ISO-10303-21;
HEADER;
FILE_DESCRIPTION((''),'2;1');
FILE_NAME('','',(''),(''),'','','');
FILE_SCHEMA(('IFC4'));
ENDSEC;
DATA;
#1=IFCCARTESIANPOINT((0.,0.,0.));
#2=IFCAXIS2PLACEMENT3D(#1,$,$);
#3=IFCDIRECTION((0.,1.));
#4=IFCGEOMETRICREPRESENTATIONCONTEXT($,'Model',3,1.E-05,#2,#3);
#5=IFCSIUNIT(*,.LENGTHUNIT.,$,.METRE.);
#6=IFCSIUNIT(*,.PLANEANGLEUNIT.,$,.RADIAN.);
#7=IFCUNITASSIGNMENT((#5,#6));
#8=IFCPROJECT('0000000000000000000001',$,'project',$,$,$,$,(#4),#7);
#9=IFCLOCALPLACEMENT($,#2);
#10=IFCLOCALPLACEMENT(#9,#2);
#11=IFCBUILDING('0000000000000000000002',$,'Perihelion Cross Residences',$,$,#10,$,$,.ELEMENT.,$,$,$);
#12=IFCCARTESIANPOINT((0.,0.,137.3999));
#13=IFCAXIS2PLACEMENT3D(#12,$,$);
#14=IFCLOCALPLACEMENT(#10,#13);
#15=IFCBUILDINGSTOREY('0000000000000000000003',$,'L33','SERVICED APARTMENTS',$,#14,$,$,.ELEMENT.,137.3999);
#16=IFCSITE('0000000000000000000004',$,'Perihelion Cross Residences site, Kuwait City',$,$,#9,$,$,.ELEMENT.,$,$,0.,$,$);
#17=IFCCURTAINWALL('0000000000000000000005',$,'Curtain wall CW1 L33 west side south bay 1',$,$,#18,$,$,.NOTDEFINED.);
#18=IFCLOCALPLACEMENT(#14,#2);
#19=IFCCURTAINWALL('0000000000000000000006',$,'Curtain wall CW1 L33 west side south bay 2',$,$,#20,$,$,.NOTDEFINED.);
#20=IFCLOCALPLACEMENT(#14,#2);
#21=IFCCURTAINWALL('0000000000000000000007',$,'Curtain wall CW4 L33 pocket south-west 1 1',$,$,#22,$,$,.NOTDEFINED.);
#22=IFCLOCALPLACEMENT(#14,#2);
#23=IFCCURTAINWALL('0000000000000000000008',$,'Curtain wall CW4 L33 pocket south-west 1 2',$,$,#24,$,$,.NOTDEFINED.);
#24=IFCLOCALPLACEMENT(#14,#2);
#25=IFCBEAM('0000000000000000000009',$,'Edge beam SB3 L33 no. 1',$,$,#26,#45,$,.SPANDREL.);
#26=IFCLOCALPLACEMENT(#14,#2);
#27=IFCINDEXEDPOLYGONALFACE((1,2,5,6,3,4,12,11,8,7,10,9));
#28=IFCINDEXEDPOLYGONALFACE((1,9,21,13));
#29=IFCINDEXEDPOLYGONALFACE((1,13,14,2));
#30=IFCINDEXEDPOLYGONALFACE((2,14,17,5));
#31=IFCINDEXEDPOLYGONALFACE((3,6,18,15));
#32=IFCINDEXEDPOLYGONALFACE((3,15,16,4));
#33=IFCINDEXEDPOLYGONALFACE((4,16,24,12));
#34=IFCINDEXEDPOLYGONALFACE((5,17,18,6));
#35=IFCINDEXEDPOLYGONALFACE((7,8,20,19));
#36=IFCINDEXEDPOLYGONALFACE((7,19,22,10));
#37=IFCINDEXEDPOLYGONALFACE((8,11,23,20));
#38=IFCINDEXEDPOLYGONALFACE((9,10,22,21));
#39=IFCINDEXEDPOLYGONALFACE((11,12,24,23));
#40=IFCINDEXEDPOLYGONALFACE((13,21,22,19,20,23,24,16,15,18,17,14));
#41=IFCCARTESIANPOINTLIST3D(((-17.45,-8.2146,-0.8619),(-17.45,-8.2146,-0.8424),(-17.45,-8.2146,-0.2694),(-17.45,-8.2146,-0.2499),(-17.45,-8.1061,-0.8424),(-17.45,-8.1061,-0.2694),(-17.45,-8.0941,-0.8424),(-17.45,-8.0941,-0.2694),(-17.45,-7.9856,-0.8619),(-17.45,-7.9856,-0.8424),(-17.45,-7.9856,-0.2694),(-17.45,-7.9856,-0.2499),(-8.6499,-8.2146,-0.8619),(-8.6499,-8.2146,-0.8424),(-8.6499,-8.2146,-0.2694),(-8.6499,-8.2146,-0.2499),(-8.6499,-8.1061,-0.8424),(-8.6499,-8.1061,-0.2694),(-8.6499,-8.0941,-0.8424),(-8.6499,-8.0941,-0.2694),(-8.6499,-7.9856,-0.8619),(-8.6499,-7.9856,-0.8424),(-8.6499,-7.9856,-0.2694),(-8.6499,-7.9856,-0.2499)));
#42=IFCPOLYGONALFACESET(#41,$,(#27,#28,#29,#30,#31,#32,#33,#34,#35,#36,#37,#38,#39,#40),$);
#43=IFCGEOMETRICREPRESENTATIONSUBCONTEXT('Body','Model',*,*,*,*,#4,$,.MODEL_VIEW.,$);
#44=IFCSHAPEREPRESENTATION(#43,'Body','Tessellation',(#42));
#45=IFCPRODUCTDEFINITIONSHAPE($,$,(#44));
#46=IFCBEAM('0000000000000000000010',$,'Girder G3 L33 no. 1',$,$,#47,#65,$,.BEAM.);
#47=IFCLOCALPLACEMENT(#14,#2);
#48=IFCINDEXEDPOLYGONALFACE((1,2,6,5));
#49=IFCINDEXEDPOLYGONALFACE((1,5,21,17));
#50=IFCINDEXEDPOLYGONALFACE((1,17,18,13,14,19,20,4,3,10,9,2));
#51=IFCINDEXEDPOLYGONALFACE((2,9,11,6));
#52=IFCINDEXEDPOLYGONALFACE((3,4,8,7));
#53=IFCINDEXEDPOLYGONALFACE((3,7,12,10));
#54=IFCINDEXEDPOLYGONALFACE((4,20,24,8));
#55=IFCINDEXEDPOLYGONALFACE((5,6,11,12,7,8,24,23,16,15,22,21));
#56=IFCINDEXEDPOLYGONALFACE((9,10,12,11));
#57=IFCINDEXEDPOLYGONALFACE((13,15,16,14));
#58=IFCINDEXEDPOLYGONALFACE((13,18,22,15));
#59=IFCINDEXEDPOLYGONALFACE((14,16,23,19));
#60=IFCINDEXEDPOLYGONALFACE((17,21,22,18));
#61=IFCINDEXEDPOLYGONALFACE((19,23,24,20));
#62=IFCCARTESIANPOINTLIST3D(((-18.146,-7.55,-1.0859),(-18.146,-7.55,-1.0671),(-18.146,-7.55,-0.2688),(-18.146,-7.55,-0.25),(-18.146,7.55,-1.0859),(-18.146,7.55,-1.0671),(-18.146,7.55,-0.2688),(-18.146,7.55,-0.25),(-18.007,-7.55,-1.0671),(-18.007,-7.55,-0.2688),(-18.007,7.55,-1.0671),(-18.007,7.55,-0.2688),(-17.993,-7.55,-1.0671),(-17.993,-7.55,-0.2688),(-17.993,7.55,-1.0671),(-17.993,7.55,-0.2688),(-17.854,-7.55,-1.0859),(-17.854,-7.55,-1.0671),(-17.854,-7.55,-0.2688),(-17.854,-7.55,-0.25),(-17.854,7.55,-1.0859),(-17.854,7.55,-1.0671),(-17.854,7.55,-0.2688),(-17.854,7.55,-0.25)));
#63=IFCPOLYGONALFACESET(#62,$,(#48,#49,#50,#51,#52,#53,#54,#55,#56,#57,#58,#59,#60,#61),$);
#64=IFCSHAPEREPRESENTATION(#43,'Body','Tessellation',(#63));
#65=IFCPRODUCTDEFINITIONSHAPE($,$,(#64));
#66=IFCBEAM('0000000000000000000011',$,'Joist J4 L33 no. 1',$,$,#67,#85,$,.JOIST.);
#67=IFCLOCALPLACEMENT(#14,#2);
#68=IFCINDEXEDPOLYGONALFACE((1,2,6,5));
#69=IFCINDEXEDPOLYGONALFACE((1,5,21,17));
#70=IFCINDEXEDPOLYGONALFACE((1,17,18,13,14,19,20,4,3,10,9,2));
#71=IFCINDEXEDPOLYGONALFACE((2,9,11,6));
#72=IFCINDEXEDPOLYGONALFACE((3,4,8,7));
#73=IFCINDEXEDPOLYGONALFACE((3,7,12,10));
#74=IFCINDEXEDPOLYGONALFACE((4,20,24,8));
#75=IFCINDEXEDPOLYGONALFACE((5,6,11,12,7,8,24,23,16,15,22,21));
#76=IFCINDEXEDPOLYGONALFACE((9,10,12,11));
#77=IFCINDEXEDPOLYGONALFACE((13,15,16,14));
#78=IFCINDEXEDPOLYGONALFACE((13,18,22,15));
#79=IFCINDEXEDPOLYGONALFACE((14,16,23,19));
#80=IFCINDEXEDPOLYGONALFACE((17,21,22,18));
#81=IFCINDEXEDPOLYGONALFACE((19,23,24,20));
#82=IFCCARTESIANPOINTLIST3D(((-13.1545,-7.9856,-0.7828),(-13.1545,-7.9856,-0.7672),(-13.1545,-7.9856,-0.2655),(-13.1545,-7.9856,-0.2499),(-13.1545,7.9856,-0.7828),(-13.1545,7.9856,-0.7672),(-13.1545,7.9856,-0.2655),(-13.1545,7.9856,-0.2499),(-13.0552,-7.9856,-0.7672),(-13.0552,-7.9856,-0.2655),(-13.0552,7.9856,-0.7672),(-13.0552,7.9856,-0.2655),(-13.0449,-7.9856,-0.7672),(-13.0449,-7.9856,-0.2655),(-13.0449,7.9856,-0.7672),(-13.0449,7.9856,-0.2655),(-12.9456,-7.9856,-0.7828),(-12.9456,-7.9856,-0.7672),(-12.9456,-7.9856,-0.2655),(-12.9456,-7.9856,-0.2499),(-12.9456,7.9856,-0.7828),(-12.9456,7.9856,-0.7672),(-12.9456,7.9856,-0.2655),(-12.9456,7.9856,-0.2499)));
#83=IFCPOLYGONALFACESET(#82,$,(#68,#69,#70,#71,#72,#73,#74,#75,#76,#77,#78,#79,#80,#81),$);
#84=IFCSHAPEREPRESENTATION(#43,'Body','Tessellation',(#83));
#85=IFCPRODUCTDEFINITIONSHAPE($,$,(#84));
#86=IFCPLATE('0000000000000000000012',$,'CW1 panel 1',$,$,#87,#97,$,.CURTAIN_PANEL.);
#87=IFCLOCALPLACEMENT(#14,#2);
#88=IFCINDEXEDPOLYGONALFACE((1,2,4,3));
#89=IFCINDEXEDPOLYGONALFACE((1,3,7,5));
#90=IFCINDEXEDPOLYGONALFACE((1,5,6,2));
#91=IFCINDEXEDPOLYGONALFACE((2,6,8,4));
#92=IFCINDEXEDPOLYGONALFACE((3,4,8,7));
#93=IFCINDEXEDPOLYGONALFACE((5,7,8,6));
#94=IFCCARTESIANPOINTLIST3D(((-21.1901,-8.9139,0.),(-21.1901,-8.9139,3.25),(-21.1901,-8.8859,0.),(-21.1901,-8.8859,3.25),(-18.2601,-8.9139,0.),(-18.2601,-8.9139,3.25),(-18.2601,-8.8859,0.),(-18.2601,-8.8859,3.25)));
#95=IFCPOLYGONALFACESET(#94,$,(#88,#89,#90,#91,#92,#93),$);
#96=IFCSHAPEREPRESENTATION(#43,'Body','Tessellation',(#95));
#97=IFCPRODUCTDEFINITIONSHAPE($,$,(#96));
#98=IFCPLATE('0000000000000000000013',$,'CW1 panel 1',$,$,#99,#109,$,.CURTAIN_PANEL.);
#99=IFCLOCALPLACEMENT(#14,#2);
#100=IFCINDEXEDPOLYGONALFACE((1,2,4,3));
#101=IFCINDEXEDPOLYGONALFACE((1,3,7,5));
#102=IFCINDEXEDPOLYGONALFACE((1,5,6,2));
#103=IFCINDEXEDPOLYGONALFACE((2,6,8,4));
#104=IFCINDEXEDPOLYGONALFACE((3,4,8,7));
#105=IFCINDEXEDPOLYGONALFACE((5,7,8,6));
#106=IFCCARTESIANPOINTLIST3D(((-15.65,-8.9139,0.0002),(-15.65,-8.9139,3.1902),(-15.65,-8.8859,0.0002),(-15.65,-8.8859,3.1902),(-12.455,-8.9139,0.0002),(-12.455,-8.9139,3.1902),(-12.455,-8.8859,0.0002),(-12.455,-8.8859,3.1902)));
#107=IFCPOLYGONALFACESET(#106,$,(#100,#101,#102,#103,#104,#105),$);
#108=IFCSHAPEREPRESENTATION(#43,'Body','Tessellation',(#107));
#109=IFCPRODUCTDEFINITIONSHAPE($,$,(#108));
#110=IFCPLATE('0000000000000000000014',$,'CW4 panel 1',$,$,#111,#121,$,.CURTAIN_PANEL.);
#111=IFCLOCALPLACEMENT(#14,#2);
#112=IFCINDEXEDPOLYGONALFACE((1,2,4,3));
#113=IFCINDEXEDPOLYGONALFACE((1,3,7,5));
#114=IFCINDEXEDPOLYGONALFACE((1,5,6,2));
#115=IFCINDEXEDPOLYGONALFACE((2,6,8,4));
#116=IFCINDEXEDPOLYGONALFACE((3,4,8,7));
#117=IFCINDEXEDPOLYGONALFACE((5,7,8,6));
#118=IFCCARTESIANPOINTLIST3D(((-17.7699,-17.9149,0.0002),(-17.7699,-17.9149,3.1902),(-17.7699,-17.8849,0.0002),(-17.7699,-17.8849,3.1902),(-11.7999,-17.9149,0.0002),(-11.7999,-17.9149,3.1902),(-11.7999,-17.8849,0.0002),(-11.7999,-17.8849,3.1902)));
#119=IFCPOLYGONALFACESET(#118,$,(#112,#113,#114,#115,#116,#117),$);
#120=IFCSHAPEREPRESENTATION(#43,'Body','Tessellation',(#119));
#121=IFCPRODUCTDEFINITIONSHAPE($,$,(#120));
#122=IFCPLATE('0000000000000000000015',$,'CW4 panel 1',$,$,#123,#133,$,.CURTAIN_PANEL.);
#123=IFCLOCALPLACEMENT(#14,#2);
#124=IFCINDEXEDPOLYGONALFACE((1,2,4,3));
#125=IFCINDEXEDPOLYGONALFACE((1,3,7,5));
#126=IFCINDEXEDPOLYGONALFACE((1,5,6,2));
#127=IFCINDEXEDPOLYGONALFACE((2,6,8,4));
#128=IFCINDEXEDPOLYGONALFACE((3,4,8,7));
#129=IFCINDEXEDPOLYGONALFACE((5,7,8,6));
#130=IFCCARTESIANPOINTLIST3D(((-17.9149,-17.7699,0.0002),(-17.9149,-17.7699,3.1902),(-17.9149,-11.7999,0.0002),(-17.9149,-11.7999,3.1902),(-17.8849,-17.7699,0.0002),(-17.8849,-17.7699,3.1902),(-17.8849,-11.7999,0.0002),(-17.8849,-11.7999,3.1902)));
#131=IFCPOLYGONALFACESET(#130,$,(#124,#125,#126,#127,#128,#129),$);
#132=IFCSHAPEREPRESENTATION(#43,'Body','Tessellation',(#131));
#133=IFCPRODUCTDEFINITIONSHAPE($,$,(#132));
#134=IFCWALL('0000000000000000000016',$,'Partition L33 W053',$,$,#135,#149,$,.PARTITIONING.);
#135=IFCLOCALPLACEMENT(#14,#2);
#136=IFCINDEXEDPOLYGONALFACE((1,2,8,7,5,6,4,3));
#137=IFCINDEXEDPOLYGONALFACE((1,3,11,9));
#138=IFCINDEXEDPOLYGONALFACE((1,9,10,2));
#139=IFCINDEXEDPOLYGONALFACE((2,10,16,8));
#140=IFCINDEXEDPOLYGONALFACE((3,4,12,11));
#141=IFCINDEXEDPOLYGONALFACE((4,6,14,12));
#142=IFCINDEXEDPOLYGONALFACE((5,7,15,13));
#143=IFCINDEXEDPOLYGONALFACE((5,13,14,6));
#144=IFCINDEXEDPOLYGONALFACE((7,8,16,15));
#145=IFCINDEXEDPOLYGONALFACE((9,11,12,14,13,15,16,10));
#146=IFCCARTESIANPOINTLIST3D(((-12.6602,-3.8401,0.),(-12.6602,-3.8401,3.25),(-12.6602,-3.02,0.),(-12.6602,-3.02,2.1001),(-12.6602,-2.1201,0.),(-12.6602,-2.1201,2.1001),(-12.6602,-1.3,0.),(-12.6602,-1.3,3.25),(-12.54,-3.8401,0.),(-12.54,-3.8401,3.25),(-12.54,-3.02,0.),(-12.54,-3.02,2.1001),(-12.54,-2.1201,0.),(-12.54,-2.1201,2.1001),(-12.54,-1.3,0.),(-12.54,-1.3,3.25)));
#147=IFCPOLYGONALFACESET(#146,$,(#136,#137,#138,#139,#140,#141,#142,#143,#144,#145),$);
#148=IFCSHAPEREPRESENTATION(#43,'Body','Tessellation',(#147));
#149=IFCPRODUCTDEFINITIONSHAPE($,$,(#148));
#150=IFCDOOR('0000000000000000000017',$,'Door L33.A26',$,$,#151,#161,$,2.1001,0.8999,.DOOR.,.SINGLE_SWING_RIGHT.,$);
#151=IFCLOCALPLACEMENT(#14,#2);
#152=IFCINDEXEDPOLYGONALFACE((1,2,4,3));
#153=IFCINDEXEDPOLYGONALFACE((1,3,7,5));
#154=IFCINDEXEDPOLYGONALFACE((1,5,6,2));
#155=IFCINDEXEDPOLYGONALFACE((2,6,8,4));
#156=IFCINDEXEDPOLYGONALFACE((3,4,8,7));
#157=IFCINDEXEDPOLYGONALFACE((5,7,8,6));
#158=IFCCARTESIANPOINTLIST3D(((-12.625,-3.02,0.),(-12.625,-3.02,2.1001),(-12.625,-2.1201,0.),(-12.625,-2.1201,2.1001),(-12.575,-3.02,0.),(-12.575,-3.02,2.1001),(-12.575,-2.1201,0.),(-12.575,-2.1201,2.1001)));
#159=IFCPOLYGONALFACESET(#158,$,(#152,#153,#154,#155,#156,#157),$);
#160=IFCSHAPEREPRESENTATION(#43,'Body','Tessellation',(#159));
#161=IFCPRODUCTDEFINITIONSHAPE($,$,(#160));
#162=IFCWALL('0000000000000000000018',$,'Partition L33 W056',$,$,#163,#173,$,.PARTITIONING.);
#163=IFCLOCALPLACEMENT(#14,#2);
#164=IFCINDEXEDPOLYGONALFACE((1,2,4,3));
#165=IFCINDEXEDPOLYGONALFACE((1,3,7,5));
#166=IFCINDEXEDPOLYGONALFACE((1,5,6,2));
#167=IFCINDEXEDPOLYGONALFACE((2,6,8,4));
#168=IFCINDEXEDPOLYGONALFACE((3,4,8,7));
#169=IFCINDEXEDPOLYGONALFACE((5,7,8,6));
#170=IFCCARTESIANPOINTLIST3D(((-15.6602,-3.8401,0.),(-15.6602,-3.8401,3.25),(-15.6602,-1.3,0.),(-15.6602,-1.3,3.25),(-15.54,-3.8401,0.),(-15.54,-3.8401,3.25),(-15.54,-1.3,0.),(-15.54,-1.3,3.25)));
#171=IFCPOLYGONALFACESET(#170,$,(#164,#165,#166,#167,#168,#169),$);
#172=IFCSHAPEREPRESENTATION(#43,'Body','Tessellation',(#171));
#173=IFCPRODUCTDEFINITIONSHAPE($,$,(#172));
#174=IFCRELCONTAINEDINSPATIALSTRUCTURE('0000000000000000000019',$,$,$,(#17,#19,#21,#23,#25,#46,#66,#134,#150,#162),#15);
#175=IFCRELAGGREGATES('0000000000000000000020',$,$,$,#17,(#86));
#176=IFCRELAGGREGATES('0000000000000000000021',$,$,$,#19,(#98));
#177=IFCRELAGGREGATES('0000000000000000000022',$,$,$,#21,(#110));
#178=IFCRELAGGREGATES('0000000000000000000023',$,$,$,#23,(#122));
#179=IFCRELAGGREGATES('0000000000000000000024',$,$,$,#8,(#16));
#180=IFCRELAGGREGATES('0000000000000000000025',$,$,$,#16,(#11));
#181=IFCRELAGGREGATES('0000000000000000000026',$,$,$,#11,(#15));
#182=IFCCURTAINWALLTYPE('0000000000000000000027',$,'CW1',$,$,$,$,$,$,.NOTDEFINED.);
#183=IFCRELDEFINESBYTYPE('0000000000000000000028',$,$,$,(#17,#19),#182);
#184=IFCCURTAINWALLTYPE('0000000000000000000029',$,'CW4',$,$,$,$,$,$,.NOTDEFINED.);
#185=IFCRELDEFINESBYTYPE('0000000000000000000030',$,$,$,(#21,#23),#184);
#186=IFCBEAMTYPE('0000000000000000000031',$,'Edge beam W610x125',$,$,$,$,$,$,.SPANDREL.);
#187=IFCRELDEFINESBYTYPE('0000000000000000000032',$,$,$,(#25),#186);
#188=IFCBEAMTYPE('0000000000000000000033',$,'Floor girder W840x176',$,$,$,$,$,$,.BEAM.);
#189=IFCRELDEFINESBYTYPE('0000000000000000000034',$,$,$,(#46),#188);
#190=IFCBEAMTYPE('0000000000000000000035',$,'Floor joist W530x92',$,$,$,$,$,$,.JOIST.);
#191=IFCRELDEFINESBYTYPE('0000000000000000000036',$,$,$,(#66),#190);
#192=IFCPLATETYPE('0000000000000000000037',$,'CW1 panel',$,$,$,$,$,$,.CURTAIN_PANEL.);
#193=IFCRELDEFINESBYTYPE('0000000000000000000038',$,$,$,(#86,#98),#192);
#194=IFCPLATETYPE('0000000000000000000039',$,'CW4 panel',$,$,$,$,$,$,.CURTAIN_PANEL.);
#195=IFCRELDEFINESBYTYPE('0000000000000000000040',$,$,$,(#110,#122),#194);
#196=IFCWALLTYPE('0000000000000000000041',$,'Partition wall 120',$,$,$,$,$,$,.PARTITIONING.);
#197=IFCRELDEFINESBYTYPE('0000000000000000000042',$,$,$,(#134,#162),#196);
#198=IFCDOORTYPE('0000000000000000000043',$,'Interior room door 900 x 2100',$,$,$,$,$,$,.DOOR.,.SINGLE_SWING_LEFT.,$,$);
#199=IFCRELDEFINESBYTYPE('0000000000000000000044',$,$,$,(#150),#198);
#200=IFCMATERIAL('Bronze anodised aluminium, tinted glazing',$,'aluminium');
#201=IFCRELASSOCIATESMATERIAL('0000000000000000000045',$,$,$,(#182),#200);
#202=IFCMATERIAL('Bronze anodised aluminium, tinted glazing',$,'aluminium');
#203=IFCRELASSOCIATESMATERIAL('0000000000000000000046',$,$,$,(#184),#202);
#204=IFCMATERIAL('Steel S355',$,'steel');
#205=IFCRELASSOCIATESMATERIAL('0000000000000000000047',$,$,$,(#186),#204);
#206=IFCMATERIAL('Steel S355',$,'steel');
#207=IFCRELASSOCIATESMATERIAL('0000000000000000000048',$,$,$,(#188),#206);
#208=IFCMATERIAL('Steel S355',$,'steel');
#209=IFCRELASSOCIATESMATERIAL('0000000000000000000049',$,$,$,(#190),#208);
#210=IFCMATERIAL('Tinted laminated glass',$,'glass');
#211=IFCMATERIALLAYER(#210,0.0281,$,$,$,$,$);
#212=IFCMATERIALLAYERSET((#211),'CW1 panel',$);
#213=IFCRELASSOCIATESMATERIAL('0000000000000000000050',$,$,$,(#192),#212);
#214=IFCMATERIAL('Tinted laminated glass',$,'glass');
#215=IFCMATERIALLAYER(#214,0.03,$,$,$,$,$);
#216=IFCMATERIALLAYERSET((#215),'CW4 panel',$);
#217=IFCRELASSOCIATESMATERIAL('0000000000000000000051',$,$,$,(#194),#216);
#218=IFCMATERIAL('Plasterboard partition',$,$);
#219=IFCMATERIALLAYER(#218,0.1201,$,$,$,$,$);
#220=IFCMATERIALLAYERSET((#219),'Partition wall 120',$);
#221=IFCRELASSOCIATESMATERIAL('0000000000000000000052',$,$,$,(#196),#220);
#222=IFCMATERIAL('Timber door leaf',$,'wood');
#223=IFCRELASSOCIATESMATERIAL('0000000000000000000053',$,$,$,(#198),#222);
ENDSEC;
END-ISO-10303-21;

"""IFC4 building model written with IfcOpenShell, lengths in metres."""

from ifc_helpers import new_model, si_unit, direction, frame, frame_2d, origin, origin_2d, place, context, subcontext, project, spatial, rectangle, i_section, extrude, material, layer, layer_set, material_profile, profile_set, type_object, element, fill, aggregate, save


model = new_model("IFC4")

# Units and contexts
model_context = context("Model", 3, precision=1e-05, world=origin(), true_north=direction((0.0, 1.0)))
body_context = subcontext(model_context, "Body", "Model", "MODEL_VIEW")
ifc_project = project(units=[si_unit("LENGTHUNIT", "METRE"), si_unit("PLANEANGLEUNIT", "RADIAN")], contexts=[model_context])

# Site, building, storey
site_placement = place(None, origin())
site = spatial("IfcSite", under=ifc_project, at=site_placement, Name="Perihelion Cross Residences site, Kuwait City", CompositionType="ELEMENT", RefElevation=0.0)
building_placement = place(site_placement, origin())
building = spatial("IfcBuilding", under=site, at=building_placement, Name="Perihelion Cross Residences", CompositionType="ELEMENT")
storey_placement = place(building_placement, frame((0.0, 0.0, 137.3999)))
storey = spatial("IfcBuildingStorey", under=building, at=storey_placement, Name="L33", Description="SERVICED APARTMENTS", CompositionType="ELEMENT", Elevation=137.3999)

# Curtain wall
ifc_material_1 = material(Name="Bronze anodised aluminium, tinted glazing", Category="aluminium")
curtain_wall_type_1 = type_object("IfcCurtainWallType", Name="CW1", PredefinedType="NOTDEFINED", material=ifc_material_1)
curtain_wall_1_placement = place(storey_placement, origin())
curtain_wall_1 = element("IfcCurtainWall", 1, at=curtain_wall_1_placement, inside=storey, type_object=curtain_wall_type_1, Name="Curtain wall CW1 L33 west side south bay 1", PredefinedType="NOTDEFINED")

# Curtain walls
curtain_wall_2_placement = place(storey_placement, origin())
curtain_wall_2 = element("IfcCurtainWall", 2, at=curtain_wall_2_placement, inside=storey, type_object=curtain_wall_type_1, Name="Curtain wall CW1 L33 west side south bay 2", PredefinedType="NOTDEFINED")
ifc_material_2 = material(Name="Bronze anodised aluminium, tinted glazing", Category="aluminium")
curtain_wall_type_2 = type_object("IfcCurtainWallType", Name="CW4", PredefinedType="NOTDEFINED", material=ifc_material_2)
curtain_wall_3_placement = place(storey_placement, origin())
curtain_wall_3 = element("IfcCurtainWall", 3, at=curtain_wall_3_placement, inside=storey, type_object=curtain_wall_type_2, Name="Curtain wall CW4 L33 pocket south-west 1 1", PredefinedType="NOTDEFINED")
curtain_wall_4_placement = place(storey_placement, origin())
curtain_wall_4 = element("IfcCurtainWall", 4, at=curtain_wall_4_placement, inside=storey, type_object=curtain_wall_type_2, Name="Curtain wall CW4 L33 pocket south-west 1 2", PredefinedType="NOTDEFINED")

# Beams
ifc_material_3 = material(Name="Steel S355", Category="steel")
ifc_material_profile_1 = material_profile(ifc_material_3, i_section(OverallWidth=0.229, OverallDepth=0.6121, WebThickness=0.012, FlangeThickness=0.0195, at=origin_2d()), Name="W610x125")
ifc_profile_set_1 = profile_set([ifc_material_profile_1], Name="Steel S355")
beam_type_1 = type_object("IfcBeamType", Name="Edge beam W610x125", PredefinedType="SPANDREL", material=ifc_profile_set_1)
beam_1_placement = place(storey_placement, frame((-17.45, -8.1001, -0.5559), z_axis=(1.0, 0.0, 0.0), x_axis=(0.0, 1.0, 0.0)))
element("IfcBeam", 5, at=beam_1_placement, inside=storey, type_object=beam_type_1, Name="Edge beam SB3 L33 no. 1", PredefinedType="SPANDREL", context=body_context, shape_type="SweptSolid", body=[
    extrude(i_section(OverallWidth=0.229, OverallDepth=0.6121, WebThickness=0.012, FlangeThickness=0.0195, at=origin_2d()), origin(), (0.0, 0.0, 1.0), 8.8),
])
ifc_material_4 = material(Name="Steel S355", Category="steel")
ifc_material_profile_2 = material_profile(ifc_material_4, i_section(OverallWidth=0.292, OverallDepth=0.8359, WebThickness=0.0139, FlangeThickness=0.0188, at=origin_2d()), Name="W840x176")
ifc_profile_set_2 = profile_set([ifc_material_profile_2], Name="Steel S355")
beam_type_2 = type_object("IfcBeamType", Name="Floor girder W840x176", PredefinedType="BEAM", material=ifc_profile_set_2)
beam_2_placement = place(storey_placement, frame((-18.0, -7.55, -0.668), z_axis=(0.0, 1.0, 0.0), x_axis=(-1.0, 0.0, 0.0)))
element("IfcBeam", 6, at=beam_2_placement, inside=storey, type_object=beam_type_2, Name="Girder G3 L33 no. 1", PredefinedType="BEAM", context=body_context, shape_type="SweptSolid", body=[
    extrude(i_section(OverallWidth=0.292, OverallDepth=0.8359, WebThickness=0.0139, FlangeThickness=0.0188, at=origin_2d()), origin(), (0.0, 0.0, 1.0), 15.1001),
])
ifc_material_5 = material(Name="Steel S355", Category="steel")
ifc_material_profile_3 = material_profile(ifc_material_5, i_section(OverallWidth=0.209, OverallDepth=0.533, WebThickness=0.0103, FlangeThickness=0.0156, at=origin_2d()), Name="W530x92")
ifc_profile_set_3 = profile_set([ifc_material_profile_3], Name="Steel S355")
beam_type_3 = type_object("IfcBeamType", Name="Floor joist W530x92", PredefinedType="JOIST", material=ifc_profile_set_3)
beam_3_placement = place(storey_placement, frame((-13.05, -7.9856, -0.5164), z_axis=(0.0, 1.0, 0.0), x_axis=(-1.0, 0.0, 0.0)))
element("IfcBeam", 7, at=beam_3_placement, inside=storey, type_object=beam_type_3, Name="Joist J4 L33 no. 1", PredefinedType="JOIST", context=body_context, shape_type="SweptSolid", body=[
    extrude(i_section(OverallWidth=0.209, OverallDepth=0.533, WebThickness=0.0103, FlangeThickness=0.0156, at=origin_2d()), origin(), (0.0, 0.0, 1.0), 15.9712),
])

# Plates
ifc_material_6 = material(Name="Tinted laminated glass", Category="glass")
ifc_layer_1 = layer(ifc_material_6, 0.0281)
ifc_layer_set_1 = layer_set([ifc_layer_1], Name="CW1 panel")
plate_type_1 = type_object("IfcPlateType", Name="CW1 panel", PredefinedType="CURTAIN_PANEL", material=ifc_layer_set_1)
plate_1_placement = place(storey_placement, frame((-19.7251, -8.8999, 0.0), z_axis=(0.0, 0.0, 1.0), x_axis=(1.0, 0.0, 0.0)))
plate_1 = element("IfcPlate", 8, at=plate_1_placement, type_object=plate_type_1, Name="CW1 panel 1", PredefinedType="CURTAIN_PANEL", context=body_context, shape_type="SweptSolid", body=[
    extrude(rectangle(XDim=2.9299, YDim=0.0281, at=origin_2d()), origin(), (0.0, 0.0, 1.0), 3.25),
])
aggregate(curtain_wall_1, [plate_1])
plate_2_placement = place(storey_placement, frame((-14.0525, -8.8999, 0.0002), z_axis=(0.0, 0.0, 1.0), x_axis=(1.0, 0.0, 0.0)))
plate_2 = element("IfcPlate", 9, at=plate_2_placement, type_object=plate_type_1, Name="CW1 panel 1", PredefinedType="CURTAIN_PANEL", context=body_context, shape_type="SweptSolid", body=[
    extrude(rectangle(XDim=3.1951, YDim=0.0281, at=origin_2d()), origin(), (0.0, 0.0, 1.0), 3.1899),
])
aggregate(curtain_wall_2, [plate_2])
ifc_material_7 = material(Name="Tinted laminated glass", Category="glass")
ifc_layer_2 = layer(ifc_material_7, 0.03)
ifc_layer_set_2 = layer_set([ifc_layer_2], Name="CW4 panel")
plate_type_2 = type_object("IfcPlateType", Name="CW4 panel", PredefinedType="CURTAIN_PANEL", material=ifc_layer_set_2)
plate_3_placement = place(storey_placement, frame((-14.7849, -17.8999, 0.0002), z_axis=(0.0, 0.0, 1.0), x_axis=(-1.0, 0.0, 0.0)))
plate_3 = element("IfcPlate", 10, at=plate_3_placement, type_object=plate_type_2, Name="CW4 panel 1", PredefinedType="CURTAIN_PANEL", context=body_context, shape_type="SweptSolid", body=[
    extrude(rectangle(XDim=5.97, YDim=0.03, at=origin_2d()), origin(), (0.0, 0.0, 1.0), 3.1899),
])
aggregate(curtain_wall_3, [plate_3])
plate_4_placement = place(storey_placement, frame((-17.8999, -14.7849, 0.0002), z_axis=(0.0, 0.0, 1.0), x_axis=(0.0, 1.0, 0.0)))
plate_4 = element("IfcPlate", 11, at=plate_4_placement, type_object=plate_type_2, Name="CW4 panel 1", PredefinedType="CURTAIN_PANEL", context=body_context, shape_type="SweptSolid", body=[
    extrude(rectangle(XDim=5.97, YDim=0.03, at=origin_2d()), origin(), (0.0, 0.0, 1.0), 3.1899),
])
aggregate(curtain_wall_4, [plate_4])

# Wall, opening, door
ifc_material_8 = material(Name="Plasterboard partition")
ifc_layer_3 = layer(ifc_material_8, 0.1201)
ifc_layer_set_3 = layer_set([ifc_layer_3], Name="Partition wall 120")
wall_type_1 = type_object("IfcWallType", Name="Partition wall 120", PredefinedType="PARTITIONING", material=ifc_layer_set_3)
wall_1_placement = place(storey_placement, frame((-12.6001, -3.8401, 0.0), z_axis=(0.0, 0.0, 1.0), x_axis=(0.0, 1.0, 0.0)))
wall_1 = element("IfcWall", 12, at=wall_1_placement, inside=storey, type_object=wall_type_1, Name="Partition L33 W053", PredefinedType="PARTITIONING", context=body_context, shape_type="SweptSolid", body=[
    extrude(rectangle(XDim=2.54, YDim=0.1201, at=frame_2d((1.27, 0.0))), origin(), (0.0, 0.0, 1.0), 3.25),
])
opening_1_placement = place(wall_1_placement, frame((0.8201, 0.0, 0.0)))
opening_1 = element("IfcOpeningElement", 13, at=opening_1_placement, cuts=wall_1, PredefinedType="OPENING", context=body_context, shape_type="SweptSolid", body=[
    extrude(rectangle(XDim=0.8999, YDim=2.1001, at=frame_2d((0.45, 1.05))), frame((0.0, 0.0701, 0.0), z_axis=(0.0, -1.0, 0.0), x_axis=(1.0, 0.0, 0.0)), (0.0, 0.0, 1.0), 0.1401),
])
ifc_material_9 = material(Name="Timber door leaf", Category="wood")
door_type_1 = type_object("IfcDoorType", Name="Interior room door 900 x 2100", OperationType="SINGLE_SWING_LEFT", PredefinedType="DOOR", material=ifc_material_9)
door_1_placement = place(opening_1_placement, origin())
door_1 = element("IfcDoor", 14, at=door_1_placement, inside=storey, type_object=door_type_1, Name="Door L33.A26", OperationType="SINGLE_SWING_RIGHT", OverallHeight=2.1001, OverallWidth=0.8999, PredefinedType="DOOR", context=body_context, shape_type="SweptSolid", body=[
    extrude(rectangle(XDim=0.8999, YDim=2.1001, at=frame_2d((0.45, 1.05))), frame((0.0, 0.0249, 0.0), z_axis=(0.0, -1.0, 0.0), x_axis=(1.0, 0.0, 0.0)), (0.0, 0.0, 1.0), 0.05),
])
fill(opening_1, door_1)

# Wall
wall_2_placement = place(storey_placement, frame((-15.6001, -3.8401, 0.0), z_axis=(0.0, 0.0, 1.0), x_axis=(0.0, 1.0, 0.0)))
element("IfcWall", 15, at=wall_2_placement, inside=storey, type_object=wall_type_1, Name="Partition L33 W056", PredefinedType="PARTITIONING", context=body_context, shape_type="SweptSolid", body=[
    extrude(rectangle(XDim=2.54, YDim=0.1201, at=frame_2d((1.27, 0.0))), origin(), (0.0, 0.0, 1.0), 3.25),
])

save(model, "model.ifc")
